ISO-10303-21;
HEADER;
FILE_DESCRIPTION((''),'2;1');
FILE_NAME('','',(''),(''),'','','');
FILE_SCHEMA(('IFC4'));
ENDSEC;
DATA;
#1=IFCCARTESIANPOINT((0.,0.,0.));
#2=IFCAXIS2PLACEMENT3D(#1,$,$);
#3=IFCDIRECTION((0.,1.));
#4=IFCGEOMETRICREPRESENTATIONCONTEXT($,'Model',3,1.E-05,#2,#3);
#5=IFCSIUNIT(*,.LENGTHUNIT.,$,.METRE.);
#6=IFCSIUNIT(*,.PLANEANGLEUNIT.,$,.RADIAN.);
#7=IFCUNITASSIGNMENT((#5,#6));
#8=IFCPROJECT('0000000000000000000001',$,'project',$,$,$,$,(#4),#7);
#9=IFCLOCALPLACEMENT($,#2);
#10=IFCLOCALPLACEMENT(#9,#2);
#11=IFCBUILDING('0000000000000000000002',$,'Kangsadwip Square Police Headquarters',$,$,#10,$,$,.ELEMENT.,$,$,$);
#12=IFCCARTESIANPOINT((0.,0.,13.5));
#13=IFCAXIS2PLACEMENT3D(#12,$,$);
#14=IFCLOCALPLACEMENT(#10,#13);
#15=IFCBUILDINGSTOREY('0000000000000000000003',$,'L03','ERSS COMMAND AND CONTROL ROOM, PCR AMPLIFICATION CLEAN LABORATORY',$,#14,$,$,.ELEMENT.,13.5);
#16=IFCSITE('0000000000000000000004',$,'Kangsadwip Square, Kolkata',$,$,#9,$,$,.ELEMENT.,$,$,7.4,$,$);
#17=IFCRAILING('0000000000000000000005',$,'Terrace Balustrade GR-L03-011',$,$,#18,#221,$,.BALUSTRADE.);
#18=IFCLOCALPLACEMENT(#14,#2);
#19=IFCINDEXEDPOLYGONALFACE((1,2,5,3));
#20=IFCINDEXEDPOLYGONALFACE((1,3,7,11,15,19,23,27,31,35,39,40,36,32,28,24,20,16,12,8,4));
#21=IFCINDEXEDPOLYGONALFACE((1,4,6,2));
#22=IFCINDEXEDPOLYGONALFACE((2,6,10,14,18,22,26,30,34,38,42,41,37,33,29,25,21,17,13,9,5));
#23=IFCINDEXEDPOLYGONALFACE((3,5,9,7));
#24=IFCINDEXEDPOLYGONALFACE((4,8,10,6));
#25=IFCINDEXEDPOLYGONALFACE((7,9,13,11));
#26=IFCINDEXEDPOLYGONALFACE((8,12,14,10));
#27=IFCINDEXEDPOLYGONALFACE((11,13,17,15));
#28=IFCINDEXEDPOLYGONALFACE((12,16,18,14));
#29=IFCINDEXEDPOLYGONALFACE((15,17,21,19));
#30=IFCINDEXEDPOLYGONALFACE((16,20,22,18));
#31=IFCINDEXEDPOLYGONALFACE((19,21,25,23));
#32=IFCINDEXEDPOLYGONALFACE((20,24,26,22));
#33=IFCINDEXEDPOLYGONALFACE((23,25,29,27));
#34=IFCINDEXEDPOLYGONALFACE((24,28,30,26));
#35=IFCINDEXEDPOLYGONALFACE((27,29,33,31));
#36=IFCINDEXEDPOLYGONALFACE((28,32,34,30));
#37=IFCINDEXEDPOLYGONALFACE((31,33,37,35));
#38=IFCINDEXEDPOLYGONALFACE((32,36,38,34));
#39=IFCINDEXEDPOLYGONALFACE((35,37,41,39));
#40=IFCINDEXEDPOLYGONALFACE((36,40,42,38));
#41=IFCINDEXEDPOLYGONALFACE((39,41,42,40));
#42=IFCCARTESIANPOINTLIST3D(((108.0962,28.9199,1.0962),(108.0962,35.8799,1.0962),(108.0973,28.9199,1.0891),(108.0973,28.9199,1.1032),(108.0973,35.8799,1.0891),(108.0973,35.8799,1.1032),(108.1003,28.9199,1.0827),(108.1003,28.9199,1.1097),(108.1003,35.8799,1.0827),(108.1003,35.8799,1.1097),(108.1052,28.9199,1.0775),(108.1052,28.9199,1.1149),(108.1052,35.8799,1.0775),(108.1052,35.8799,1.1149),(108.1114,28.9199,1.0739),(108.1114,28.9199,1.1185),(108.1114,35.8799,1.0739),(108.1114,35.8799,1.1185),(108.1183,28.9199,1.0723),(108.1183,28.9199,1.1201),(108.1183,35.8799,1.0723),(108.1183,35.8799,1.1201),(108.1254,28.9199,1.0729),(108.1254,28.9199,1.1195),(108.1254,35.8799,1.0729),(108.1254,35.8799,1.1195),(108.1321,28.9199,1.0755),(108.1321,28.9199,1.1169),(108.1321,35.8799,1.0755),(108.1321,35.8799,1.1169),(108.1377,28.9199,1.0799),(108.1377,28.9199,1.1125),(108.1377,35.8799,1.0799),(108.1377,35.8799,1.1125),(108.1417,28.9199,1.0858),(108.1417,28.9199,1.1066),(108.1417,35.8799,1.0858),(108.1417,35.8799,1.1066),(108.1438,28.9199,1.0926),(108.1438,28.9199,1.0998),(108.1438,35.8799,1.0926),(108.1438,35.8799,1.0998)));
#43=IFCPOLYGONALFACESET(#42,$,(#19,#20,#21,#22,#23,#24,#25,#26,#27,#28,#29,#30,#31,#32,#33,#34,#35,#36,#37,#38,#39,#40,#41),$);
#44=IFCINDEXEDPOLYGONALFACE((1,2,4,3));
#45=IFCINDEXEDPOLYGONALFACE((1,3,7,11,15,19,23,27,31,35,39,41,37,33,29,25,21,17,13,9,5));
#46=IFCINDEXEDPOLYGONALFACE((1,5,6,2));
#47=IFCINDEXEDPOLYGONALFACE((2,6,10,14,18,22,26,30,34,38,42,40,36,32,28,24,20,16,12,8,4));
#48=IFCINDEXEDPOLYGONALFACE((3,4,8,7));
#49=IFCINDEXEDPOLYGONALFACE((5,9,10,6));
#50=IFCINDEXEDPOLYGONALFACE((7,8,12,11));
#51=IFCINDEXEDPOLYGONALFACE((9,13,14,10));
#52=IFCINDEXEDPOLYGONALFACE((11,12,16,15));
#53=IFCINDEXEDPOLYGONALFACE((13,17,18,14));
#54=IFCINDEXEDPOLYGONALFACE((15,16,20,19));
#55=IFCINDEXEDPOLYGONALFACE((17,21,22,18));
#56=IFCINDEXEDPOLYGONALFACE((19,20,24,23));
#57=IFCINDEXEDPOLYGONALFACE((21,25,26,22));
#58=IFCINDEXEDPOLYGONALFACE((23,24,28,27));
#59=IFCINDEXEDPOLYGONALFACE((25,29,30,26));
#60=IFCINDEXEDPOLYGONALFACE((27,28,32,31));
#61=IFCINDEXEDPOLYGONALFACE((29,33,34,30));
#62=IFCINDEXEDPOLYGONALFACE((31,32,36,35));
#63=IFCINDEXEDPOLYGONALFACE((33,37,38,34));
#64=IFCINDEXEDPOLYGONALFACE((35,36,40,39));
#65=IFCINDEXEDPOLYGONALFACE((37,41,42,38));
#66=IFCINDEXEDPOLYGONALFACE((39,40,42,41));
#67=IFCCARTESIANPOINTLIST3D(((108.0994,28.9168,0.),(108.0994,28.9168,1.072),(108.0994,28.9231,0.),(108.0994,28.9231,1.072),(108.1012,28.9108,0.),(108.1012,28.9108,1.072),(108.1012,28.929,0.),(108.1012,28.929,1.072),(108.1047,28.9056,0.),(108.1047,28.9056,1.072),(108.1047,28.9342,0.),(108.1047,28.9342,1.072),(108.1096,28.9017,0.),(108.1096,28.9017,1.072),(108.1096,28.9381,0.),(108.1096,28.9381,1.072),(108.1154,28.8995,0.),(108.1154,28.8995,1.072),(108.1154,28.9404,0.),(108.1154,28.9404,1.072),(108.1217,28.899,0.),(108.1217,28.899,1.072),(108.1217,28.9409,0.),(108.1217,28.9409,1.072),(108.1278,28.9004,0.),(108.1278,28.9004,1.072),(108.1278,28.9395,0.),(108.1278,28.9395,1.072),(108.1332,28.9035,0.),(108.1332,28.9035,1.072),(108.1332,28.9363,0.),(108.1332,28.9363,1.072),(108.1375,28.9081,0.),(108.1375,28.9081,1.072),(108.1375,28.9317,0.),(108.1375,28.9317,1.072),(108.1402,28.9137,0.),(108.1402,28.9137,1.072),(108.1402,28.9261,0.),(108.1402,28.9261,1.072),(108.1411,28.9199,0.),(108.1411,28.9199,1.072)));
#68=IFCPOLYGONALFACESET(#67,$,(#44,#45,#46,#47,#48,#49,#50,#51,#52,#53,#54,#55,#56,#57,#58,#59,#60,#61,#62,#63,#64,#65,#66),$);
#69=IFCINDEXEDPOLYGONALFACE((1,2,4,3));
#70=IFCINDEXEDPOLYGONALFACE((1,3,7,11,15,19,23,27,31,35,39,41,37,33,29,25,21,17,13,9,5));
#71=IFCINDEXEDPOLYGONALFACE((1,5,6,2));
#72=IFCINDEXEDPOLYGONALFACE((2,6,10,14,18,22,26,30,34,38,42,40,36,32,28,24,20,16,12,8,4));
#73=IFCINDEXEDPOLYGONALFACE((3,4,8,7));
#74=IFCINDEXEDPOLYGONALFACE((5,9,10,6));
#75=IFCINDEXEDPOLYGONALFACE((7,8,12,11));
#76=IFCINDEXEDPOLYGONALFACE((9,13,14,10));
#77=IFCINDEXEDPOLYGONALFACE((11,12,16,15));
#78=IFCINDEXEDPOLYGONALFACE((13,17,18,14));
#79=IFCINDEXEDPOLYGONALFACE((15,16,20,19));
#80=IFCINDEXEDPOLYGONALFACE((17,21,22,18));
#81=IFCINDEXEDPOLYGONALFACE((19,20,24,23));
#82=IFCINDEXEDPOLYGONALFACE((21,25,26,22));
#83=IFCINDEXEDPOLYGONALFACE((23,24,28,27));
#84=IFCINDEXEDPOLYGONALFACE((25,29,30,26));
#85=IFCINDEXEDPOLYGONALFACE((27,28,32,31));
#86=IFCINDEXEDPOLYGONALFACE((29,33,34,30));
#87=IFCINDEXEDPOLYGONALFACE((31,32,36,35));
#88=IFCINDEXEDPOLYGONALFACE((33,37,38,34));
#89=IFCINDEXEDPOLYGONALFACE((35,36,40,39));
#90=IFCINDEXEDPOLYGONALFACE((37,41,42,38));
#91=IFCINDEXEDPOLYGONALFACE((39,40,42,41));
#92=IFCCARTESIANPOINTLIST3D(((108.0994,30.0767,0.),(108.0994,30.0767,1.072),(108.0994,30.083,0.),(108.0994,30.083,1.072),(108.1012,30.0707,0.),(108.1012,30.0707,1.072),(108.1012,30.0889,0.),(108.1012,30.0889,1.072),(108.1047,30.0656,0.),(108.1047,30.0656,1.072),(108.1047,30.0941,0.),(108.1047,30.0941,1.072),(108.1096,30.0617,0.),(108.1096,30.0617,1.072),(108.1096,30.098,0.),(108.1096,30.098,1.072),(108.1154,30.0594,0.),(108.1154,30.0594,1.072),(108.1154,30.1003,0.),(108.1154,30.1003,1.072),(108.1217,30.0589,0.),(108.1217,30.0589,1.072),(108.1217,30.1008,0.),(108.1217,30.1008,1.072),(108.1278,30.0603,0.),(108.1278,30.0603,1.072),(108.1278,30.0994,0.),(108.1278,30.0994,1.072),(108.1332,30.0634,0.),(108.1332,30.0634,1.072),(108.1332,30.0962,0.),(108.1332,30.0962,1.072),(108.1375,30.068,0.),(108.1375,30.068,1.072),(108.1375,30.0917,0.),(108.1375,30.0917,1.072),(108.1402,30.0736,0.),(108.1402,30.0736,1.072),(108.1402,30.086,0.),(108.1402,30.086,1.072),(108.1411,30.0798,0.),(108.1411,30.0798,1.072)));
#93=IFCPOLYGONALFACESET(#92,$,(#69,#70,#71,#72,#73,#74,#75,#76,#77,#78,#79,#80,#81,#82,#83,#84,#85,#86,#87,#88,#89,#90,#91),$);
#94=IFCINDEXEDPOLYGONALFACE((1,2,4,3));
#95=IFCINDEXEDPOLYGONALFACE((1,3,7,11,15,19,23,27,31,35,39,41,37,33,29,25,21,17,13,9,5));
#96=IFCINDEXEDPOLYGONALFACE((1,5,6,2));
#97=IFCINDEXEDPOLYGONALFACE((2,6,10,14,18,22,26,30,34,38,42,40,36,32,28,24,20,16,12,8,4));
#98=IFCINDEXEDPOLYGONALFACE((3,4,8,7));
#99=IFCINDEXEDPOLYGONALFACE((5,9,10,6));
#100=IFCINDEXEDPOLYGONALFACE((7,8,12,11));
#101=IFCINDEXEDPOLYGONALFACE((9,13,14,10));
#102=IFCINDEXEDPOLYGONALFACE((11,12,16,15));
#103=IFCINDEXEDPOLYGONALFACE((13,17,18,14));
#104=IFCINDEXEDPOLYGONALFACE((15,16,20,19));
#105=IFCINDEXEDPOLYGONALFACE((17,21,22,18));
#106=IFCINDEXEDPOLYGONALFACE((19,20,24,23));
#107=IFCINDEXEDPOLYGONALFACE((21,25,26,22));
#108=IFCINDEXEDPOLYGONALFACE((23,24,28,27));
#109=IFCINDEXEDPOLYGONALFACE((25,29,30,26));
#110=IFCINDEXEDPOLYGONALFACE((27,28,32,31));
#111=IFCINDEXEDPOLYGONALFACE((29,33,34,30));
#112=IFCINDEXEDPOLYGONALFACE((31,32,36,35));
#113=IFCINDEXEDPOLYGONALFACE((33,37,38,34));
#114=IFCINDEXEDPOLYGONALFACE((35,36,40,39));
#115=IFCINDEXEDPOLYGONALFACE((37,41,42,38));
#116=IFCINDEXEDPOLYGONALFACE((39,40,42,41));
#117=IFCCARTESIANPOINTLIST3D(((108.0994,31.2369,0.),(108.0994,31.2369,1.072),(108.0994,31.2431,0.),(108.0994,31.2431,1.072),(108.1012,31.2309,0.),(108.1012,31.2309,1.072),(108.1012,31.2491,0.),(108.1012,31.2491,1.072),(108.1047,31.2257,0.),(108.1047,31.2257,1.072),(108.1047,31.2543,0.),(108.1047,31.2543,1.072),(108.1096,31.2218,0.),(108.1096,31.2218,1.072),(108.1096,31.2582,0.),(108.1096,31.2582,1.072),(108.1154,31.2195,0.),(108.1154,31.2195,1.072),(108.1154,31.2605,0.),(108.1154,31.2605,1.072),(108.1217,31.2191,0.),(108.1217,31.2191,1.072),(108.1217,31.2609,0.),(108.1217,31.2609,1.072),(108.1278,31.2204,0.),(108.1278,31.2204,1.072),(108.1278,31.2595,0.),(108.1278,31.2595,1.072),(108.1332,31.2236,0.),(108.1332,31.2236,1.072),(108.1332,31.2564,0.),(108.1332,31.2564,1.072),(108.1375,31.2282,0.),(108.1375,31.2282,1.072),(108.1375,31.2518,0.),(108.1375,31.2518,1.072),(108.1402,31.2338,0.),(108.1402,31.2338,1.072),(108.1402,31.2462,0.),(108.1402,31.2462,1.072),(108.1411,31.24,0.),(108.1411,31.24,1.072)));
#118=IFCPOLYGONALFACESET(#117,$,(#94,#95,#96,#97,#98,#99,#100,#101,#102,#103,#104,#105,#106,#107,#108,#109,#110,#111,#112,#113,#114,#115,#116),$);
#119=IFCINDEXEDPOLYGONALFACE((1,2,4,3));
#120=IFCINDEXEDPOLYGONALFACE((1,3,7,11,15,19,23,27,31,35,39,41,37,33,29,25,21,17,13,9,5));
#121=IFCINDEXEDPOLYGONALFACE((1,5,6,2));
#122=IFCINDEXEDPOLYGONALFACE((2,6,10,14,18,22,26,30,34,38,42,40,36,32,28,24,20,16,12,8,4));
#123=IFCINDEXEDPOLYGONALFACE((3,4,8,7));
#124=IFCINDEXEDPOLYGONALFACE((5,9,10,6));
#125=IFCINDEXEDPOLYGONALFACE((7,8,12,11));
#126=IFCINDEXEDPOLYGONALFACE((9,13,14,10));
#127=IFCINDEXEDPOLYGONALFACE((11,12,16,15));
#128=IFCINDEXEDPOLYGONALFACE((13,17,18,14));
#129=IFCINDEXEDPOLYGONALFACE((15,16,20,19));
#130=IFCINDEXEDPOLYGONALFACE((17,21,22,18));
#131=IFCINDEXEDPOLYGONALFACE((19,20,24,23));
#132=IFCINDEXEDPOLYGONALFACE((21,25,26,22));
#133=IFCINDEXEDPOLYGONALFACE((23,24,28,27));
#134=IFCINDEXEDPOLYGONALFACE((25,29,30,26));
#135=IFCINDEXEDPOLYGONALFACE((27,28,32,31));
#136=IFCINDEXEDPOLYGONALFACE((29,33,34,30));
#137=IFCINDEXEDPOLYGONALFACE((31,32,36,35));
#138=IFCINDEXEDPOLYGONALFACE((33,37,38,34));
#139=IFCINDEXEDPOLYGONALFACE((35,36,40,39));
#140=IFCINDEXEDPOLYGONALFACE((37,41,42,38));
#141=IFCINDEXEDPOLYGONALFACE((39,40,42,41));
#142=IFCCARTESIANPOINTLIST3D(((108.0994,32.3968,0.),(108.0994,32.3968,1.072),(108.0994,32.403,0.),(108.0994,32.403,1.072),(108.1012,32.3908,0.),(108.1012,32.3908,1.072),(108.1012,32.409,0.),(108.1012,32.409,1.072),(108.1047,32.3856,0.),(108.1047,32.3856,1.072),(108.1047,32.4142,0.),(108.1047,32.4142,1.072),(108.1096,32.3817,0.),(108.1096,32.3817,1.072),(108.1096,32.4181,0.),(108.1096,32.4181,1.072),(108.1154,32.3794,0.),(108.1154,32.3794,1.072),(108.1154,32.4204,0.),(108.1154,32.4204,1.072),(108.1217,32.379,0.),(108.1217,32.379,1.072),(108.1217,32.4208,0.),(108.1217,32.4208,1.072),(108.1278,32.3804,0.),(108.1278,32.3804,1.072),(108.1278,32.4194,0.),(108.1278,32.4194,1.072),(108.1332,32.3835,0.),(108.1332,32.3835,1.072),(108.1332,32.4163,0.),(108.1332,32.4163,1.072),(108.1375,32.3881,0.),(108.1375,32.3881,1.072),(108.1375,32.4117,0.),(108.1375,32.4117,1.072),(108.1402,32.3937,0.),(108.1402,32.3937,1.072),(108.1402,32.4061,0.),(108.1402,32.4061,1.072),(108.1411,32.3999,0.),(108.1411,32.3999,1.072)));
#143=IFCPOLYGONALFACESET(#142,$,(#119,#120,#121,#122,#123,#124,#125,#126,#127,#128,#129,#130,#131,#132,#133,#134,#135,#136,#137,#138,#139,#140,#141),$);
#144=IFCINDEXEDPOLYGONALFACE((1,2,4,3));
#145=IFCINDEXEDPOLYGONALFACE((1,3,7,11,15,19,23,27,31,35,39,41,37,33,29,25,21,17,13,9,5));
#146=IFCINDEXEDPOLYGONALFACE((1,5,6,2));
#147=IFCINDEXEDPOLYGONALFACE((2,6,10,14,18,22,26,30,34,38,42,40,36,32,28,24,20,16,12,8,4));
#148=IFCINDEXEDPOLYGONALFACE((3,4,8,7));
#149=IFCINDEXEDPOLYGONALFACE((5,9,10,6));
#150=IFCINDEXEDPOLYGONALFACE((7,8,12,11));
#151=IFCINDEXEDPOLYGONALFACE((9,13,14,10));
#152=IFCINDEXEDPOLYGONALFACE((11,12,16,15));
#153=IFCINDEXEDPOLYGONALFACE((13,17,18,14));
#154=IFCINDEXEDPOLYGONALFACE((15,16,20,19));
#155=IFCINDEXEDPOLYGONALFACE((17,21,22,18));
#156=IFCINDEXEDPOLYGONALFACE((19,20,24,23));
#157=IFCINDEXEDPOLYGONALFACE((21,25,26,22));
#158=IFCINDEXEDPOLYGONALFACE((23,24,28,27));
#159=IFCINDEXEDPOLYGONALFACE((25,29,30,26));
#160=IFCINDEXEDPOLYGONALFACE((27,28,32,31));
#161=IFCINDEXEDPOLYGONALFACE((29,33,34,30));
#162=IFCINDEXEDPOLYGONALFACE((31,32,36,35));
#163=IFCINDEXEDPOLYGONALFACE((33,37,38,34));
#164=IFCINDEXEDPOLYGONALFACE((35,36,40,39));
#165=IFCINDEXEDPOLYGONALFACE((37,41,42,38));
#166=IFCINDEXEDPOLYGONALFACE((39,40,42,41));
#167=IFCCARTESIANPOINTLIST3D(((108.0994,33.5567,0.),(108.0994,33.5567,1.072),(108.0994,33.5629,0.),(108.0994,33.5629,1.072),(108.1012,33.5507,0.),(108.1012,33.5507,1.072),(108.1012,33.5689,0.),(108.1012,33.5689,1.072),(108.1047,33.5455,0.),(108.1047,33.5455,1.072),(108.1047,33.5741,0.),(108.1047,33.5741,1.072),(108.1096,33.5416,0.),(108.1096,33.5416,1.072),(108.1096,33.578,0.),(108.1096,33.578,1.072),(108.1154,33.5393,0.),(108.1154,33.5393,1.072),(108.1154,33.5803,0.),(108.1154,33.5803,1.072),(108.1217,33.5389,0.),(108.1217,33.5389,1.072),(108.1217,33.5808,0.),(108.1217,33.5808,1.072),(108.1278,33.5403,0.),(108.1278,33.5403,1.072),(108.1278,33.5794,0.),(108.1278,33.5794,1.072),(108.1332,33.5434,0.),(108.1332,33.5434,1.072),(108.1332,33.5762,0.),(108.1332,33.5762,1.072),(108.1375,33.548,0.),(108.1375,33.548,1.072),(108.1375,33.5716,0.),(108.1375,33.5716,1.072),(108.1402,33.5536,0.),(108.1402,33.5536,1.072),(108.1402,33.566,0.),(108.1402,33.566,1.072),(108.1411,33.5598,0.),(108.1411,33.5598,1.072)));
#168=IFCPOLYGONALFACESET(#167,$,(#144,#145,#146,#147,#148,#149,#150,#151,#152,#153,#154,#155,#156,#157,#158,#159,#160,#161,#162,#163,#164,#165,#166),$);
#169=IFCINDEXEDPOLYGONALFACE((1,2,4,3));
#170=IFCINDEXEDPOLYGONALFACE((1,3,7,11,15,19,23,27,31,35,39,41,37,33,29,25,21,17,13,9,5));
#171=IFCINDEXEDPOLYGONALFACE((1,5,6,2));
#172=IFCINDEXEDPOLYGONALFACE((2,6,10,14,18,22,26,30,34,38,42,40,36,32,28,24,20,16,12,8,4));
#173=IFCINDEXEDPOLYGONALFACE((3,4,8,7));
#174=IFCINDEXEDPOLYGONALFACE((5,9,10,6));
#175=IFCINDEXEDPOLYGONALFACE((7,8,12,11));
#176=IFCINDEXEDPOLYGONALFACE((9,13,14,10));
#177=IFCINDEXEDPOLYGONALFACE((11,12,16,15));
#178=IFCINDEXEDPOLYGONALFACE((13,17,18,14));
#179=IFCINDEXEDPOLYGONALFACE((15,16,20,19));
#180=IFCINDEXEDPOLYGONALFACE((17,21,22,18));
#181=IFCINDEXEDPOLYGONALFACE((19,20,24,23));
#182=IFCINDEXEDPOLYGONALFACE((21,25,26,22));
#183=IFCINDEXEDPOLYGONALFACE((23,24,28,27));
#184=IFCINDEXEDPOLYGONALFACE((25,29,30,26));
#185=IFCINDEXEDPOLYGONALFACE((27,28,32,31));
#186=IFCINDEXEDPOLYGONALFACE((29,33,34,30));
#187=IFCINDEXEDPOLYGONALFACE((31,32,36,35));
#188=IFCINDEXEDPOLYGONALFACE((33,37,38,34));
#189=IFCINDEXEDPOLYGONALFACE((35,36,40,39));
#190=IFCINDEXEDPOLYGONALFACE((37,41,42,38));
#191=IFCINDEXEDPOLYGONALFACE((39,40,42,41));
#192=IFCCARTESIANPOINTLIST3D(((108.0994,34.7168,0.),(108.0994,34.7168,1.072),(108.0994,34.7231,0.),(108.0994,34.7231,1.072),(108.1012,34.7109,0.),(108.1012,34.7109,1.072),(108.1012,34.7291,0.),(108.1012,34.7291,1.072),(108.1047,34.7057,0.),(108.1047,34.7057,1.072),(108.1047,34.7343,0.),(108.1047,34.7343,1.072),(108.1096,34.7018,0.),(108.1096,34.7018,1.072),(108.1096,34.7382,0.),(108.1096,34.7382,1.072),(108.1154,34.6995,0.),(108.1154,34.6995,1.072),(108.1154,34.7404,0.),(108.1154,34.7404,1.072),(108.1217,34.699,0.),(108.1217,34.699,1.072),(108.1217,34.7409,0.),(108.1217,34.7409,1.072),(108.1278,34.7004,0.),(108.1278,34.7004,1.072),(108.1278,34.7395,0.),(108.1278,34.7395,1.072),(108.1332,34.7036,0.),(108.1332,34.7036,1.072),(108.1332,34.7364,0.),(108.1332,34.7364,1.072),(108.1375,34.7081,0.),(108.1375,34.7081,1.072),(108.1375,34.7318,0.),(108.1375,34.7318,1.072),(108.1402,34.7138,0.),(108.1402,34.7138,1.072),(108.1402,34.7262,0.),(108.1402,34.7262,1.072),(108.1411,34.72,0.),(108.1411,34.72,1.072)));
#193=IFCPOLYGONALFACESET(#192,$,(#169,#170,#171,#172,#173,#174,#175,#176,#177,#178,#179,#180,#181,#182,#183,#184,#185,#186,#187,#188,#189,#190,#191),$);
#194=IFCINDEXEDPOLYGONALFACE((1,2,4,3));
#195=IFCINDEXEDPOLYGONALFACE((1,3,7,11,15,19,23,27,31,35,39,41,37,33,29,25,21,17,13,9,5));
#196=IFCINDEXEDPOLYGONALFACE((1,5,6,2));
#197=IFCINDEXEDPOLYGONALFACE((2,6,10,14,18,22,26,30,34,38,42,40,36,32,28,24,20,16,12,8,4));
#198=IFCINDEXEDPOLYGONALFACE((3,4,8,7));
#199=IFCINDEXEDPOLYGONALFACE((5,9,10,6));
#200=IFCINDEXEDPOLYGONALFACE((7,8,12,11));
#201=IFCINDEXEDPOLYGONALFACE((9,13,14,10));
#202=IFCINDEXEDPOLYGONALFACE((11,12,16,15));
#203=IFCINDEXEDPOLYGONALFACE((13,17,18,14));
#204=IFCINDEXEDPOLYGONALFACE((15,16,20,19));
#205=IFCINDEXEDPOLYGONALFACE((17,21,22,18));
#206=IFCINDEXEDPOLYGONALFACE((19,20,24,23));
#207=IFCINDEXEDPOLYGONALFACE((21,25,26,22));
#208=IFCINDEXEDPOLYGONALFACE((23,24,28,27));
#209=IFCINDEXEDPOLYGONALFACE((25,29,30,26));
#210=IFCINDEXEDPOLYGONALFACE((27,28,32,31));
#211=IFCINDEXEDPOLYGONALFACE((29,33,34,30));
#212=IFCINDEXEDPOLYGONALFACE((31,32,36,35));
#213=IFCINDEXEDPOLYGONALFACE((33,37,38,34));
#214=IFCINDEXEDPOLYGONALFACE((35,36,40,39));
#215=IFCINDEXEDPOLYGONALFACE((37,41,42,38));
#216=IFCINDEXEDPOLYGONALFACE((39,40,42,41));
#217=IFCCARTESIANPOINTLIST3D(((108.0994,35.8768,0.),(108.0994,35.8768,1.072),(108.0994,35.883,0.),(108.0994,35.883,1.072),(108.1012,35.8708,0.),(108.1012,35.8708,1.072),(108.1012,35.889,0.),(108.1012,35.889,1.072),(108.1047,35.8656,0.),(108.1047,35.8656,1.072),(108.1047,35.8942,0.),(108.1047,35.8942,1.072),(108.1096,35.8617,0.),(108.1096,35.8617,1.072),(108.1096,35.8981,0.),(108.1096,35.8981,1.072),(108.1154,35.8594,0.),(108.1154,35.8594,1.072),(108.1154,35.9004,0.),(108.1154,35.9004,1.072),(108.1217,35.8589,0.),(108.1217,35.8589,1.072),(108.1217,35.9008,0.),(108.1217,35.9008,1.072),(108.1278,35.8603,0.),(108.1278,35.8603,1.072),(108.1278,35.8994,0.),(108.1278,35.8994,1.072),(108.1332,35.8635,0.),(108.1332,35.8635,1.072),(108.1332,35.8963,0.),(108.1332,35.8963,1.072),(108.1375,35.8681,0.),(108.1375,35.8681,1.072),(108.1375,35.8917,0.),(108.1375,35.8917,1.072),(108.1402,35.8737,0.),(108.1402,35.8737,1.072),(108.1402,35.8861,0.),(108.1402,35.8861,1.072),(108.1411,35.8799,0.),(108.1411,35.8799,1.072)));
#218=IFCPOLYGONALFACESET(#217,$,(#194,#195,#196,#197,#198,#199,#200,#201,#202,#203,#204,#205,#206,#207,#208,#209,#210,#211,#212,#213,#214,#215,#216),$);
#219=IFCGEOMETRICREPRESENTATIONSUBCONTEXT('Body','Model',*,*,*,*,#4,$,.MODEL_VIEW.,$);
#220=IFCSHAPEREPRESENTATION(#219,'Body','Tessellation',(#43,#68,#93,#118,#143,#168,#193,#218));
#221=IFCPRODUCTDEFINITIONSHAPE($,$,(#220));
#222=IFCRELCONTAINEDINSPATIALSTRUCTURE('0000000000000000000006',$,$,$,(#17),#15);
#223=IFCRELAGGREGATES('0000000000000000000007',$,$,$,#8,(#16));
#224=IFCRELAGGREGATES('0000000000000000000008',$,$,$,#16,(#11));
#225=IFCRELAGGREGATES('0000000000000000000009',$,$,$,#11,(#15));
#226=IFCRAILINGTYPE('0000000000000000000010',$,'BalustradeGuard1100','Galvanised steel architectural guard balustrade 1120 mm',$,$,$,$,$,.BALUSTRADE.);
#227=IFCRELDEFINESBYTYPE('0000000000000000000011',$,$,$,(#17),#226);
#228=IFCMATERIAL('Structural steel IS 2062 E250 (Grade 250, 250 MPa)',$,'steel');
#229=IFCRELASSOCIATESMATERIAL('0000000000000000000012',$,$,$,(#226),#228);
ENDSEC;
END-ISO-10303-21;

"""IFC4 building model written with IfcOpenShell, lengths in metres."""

from ifc_helpers import new_model, si_unit, direction, frame, origin, origin_2d, place, context, subcontext, project, spatial, circle, extrude, material, type_object, element, save


model = new_model("IFC4")

# Units and contexts
model_context = context("Model", 3, precision=1e-05, world=origin(), true_north=direction((0.0, 1.0)))
body_context = subcontext(model_context, "Body", "Model", "MODEL_VIEW")
ifc_project = project(units=[si_unit("LENGTHUNIT", "METRE"), si_unit("PLANEANGLEUNIT", "RADIAN")], contexts=[model_context])

# Site, building, storey
site_placement = place(None, origin())
site = spatial("IfcSite", under=ifc_project, at=site_placement, Name="Kangsadwip Square, Kolkata", CompositionType="ELEMENT", RefElevation=7.4)
building_placement = place(site_placement, origin())
building = spatial("IfcBuilding", under=site, at=building_placement, Name="Kangsadwip Square Police Headquarters", CompositionType="ELEMENT")
storey_placement = place(building_placement, frame((0.0, 0.0, 13.5)))
storey = spatial("IfcBuildingStorey", under=building, at=storey_placement, Name="L03", Description="ERSS COMMAND AND CONTROL ROOM, PCR AMPLIFICATION CLEAN LABORATORY", CompositionType="ELEMENT", Elevation=13.5)

# Railing
ifc_material_1 = material(Name="Structural steel IS 2062 E250 (Grade 250, 250 MPa)", Category="steel")
railing_type = type_object("IfcRailingType", Name="BalustradeGuard1100", Description="Galvanised steel architectural guard balustrade 1120 mm", PredefinedType="BALUSTRADE", material=ifc_material_1)
for number, where, name in (
    (1, (108.1201, 28.9199, 0.0), "Terrace Balustrade GR-L03-011"),
):
    element("IfcRailing", number, at=place(storey_placement, frame(where)), inside=storey, type_object=railing_type, Name=name, PredefinedType="BALUSTRADE", context=body_context, shape_type="SweptSolid", body=[
        extrude(circle(Radius=0.0239, at=origin_2d()), frame((0.0, 0.0, 1.0962), z_axis=(0.0, 1.0, 0.0), x_axis=(-1.0, 0.0, 0.0)), (0.0, 0.0, 1.0), 6.96),
        extrude(circle(Radius=0.021, at=origin_2d()), origin(), (0.0, 0.0, 1.0), 1.072),
        extrude(circle(Radius=0.021, at=origin_2d()), frame((0.0, 1.1599, 0.0)), (0.0, 0.0, 1.0), 1.072),
        extrude(circle(Radius=0.021, at=origin_2d()), frame((0.0, 2.3201, 0.0)), (0.0, 0.0, 1.0), 1.072),
        extrude(circle(Radius=0.021, at=origin_2d()), frame((0.0, 3.48, 0.0)), (0.0, 0.0, 1.0), 1.072),
        extrude(circle(Radius=0.021, at=origin_2d()), frame((0.0, 4.6399, 0.0)), (0.0, 0.0, 1.0), 1.072),
        extrude(circle(Radius=0.021, at=origin_2d()), frame((0.0, 5.8, 0.0)), (0.0, 0.0, 1.0), 1.072),
        extrude(circle(Radius=0.021, at=origin_2d()), frame((0.0, 6.96, 0.0)), (0.0, 0.0, 1.0), 1.072),
    ])

save(model, "model.ifc")
